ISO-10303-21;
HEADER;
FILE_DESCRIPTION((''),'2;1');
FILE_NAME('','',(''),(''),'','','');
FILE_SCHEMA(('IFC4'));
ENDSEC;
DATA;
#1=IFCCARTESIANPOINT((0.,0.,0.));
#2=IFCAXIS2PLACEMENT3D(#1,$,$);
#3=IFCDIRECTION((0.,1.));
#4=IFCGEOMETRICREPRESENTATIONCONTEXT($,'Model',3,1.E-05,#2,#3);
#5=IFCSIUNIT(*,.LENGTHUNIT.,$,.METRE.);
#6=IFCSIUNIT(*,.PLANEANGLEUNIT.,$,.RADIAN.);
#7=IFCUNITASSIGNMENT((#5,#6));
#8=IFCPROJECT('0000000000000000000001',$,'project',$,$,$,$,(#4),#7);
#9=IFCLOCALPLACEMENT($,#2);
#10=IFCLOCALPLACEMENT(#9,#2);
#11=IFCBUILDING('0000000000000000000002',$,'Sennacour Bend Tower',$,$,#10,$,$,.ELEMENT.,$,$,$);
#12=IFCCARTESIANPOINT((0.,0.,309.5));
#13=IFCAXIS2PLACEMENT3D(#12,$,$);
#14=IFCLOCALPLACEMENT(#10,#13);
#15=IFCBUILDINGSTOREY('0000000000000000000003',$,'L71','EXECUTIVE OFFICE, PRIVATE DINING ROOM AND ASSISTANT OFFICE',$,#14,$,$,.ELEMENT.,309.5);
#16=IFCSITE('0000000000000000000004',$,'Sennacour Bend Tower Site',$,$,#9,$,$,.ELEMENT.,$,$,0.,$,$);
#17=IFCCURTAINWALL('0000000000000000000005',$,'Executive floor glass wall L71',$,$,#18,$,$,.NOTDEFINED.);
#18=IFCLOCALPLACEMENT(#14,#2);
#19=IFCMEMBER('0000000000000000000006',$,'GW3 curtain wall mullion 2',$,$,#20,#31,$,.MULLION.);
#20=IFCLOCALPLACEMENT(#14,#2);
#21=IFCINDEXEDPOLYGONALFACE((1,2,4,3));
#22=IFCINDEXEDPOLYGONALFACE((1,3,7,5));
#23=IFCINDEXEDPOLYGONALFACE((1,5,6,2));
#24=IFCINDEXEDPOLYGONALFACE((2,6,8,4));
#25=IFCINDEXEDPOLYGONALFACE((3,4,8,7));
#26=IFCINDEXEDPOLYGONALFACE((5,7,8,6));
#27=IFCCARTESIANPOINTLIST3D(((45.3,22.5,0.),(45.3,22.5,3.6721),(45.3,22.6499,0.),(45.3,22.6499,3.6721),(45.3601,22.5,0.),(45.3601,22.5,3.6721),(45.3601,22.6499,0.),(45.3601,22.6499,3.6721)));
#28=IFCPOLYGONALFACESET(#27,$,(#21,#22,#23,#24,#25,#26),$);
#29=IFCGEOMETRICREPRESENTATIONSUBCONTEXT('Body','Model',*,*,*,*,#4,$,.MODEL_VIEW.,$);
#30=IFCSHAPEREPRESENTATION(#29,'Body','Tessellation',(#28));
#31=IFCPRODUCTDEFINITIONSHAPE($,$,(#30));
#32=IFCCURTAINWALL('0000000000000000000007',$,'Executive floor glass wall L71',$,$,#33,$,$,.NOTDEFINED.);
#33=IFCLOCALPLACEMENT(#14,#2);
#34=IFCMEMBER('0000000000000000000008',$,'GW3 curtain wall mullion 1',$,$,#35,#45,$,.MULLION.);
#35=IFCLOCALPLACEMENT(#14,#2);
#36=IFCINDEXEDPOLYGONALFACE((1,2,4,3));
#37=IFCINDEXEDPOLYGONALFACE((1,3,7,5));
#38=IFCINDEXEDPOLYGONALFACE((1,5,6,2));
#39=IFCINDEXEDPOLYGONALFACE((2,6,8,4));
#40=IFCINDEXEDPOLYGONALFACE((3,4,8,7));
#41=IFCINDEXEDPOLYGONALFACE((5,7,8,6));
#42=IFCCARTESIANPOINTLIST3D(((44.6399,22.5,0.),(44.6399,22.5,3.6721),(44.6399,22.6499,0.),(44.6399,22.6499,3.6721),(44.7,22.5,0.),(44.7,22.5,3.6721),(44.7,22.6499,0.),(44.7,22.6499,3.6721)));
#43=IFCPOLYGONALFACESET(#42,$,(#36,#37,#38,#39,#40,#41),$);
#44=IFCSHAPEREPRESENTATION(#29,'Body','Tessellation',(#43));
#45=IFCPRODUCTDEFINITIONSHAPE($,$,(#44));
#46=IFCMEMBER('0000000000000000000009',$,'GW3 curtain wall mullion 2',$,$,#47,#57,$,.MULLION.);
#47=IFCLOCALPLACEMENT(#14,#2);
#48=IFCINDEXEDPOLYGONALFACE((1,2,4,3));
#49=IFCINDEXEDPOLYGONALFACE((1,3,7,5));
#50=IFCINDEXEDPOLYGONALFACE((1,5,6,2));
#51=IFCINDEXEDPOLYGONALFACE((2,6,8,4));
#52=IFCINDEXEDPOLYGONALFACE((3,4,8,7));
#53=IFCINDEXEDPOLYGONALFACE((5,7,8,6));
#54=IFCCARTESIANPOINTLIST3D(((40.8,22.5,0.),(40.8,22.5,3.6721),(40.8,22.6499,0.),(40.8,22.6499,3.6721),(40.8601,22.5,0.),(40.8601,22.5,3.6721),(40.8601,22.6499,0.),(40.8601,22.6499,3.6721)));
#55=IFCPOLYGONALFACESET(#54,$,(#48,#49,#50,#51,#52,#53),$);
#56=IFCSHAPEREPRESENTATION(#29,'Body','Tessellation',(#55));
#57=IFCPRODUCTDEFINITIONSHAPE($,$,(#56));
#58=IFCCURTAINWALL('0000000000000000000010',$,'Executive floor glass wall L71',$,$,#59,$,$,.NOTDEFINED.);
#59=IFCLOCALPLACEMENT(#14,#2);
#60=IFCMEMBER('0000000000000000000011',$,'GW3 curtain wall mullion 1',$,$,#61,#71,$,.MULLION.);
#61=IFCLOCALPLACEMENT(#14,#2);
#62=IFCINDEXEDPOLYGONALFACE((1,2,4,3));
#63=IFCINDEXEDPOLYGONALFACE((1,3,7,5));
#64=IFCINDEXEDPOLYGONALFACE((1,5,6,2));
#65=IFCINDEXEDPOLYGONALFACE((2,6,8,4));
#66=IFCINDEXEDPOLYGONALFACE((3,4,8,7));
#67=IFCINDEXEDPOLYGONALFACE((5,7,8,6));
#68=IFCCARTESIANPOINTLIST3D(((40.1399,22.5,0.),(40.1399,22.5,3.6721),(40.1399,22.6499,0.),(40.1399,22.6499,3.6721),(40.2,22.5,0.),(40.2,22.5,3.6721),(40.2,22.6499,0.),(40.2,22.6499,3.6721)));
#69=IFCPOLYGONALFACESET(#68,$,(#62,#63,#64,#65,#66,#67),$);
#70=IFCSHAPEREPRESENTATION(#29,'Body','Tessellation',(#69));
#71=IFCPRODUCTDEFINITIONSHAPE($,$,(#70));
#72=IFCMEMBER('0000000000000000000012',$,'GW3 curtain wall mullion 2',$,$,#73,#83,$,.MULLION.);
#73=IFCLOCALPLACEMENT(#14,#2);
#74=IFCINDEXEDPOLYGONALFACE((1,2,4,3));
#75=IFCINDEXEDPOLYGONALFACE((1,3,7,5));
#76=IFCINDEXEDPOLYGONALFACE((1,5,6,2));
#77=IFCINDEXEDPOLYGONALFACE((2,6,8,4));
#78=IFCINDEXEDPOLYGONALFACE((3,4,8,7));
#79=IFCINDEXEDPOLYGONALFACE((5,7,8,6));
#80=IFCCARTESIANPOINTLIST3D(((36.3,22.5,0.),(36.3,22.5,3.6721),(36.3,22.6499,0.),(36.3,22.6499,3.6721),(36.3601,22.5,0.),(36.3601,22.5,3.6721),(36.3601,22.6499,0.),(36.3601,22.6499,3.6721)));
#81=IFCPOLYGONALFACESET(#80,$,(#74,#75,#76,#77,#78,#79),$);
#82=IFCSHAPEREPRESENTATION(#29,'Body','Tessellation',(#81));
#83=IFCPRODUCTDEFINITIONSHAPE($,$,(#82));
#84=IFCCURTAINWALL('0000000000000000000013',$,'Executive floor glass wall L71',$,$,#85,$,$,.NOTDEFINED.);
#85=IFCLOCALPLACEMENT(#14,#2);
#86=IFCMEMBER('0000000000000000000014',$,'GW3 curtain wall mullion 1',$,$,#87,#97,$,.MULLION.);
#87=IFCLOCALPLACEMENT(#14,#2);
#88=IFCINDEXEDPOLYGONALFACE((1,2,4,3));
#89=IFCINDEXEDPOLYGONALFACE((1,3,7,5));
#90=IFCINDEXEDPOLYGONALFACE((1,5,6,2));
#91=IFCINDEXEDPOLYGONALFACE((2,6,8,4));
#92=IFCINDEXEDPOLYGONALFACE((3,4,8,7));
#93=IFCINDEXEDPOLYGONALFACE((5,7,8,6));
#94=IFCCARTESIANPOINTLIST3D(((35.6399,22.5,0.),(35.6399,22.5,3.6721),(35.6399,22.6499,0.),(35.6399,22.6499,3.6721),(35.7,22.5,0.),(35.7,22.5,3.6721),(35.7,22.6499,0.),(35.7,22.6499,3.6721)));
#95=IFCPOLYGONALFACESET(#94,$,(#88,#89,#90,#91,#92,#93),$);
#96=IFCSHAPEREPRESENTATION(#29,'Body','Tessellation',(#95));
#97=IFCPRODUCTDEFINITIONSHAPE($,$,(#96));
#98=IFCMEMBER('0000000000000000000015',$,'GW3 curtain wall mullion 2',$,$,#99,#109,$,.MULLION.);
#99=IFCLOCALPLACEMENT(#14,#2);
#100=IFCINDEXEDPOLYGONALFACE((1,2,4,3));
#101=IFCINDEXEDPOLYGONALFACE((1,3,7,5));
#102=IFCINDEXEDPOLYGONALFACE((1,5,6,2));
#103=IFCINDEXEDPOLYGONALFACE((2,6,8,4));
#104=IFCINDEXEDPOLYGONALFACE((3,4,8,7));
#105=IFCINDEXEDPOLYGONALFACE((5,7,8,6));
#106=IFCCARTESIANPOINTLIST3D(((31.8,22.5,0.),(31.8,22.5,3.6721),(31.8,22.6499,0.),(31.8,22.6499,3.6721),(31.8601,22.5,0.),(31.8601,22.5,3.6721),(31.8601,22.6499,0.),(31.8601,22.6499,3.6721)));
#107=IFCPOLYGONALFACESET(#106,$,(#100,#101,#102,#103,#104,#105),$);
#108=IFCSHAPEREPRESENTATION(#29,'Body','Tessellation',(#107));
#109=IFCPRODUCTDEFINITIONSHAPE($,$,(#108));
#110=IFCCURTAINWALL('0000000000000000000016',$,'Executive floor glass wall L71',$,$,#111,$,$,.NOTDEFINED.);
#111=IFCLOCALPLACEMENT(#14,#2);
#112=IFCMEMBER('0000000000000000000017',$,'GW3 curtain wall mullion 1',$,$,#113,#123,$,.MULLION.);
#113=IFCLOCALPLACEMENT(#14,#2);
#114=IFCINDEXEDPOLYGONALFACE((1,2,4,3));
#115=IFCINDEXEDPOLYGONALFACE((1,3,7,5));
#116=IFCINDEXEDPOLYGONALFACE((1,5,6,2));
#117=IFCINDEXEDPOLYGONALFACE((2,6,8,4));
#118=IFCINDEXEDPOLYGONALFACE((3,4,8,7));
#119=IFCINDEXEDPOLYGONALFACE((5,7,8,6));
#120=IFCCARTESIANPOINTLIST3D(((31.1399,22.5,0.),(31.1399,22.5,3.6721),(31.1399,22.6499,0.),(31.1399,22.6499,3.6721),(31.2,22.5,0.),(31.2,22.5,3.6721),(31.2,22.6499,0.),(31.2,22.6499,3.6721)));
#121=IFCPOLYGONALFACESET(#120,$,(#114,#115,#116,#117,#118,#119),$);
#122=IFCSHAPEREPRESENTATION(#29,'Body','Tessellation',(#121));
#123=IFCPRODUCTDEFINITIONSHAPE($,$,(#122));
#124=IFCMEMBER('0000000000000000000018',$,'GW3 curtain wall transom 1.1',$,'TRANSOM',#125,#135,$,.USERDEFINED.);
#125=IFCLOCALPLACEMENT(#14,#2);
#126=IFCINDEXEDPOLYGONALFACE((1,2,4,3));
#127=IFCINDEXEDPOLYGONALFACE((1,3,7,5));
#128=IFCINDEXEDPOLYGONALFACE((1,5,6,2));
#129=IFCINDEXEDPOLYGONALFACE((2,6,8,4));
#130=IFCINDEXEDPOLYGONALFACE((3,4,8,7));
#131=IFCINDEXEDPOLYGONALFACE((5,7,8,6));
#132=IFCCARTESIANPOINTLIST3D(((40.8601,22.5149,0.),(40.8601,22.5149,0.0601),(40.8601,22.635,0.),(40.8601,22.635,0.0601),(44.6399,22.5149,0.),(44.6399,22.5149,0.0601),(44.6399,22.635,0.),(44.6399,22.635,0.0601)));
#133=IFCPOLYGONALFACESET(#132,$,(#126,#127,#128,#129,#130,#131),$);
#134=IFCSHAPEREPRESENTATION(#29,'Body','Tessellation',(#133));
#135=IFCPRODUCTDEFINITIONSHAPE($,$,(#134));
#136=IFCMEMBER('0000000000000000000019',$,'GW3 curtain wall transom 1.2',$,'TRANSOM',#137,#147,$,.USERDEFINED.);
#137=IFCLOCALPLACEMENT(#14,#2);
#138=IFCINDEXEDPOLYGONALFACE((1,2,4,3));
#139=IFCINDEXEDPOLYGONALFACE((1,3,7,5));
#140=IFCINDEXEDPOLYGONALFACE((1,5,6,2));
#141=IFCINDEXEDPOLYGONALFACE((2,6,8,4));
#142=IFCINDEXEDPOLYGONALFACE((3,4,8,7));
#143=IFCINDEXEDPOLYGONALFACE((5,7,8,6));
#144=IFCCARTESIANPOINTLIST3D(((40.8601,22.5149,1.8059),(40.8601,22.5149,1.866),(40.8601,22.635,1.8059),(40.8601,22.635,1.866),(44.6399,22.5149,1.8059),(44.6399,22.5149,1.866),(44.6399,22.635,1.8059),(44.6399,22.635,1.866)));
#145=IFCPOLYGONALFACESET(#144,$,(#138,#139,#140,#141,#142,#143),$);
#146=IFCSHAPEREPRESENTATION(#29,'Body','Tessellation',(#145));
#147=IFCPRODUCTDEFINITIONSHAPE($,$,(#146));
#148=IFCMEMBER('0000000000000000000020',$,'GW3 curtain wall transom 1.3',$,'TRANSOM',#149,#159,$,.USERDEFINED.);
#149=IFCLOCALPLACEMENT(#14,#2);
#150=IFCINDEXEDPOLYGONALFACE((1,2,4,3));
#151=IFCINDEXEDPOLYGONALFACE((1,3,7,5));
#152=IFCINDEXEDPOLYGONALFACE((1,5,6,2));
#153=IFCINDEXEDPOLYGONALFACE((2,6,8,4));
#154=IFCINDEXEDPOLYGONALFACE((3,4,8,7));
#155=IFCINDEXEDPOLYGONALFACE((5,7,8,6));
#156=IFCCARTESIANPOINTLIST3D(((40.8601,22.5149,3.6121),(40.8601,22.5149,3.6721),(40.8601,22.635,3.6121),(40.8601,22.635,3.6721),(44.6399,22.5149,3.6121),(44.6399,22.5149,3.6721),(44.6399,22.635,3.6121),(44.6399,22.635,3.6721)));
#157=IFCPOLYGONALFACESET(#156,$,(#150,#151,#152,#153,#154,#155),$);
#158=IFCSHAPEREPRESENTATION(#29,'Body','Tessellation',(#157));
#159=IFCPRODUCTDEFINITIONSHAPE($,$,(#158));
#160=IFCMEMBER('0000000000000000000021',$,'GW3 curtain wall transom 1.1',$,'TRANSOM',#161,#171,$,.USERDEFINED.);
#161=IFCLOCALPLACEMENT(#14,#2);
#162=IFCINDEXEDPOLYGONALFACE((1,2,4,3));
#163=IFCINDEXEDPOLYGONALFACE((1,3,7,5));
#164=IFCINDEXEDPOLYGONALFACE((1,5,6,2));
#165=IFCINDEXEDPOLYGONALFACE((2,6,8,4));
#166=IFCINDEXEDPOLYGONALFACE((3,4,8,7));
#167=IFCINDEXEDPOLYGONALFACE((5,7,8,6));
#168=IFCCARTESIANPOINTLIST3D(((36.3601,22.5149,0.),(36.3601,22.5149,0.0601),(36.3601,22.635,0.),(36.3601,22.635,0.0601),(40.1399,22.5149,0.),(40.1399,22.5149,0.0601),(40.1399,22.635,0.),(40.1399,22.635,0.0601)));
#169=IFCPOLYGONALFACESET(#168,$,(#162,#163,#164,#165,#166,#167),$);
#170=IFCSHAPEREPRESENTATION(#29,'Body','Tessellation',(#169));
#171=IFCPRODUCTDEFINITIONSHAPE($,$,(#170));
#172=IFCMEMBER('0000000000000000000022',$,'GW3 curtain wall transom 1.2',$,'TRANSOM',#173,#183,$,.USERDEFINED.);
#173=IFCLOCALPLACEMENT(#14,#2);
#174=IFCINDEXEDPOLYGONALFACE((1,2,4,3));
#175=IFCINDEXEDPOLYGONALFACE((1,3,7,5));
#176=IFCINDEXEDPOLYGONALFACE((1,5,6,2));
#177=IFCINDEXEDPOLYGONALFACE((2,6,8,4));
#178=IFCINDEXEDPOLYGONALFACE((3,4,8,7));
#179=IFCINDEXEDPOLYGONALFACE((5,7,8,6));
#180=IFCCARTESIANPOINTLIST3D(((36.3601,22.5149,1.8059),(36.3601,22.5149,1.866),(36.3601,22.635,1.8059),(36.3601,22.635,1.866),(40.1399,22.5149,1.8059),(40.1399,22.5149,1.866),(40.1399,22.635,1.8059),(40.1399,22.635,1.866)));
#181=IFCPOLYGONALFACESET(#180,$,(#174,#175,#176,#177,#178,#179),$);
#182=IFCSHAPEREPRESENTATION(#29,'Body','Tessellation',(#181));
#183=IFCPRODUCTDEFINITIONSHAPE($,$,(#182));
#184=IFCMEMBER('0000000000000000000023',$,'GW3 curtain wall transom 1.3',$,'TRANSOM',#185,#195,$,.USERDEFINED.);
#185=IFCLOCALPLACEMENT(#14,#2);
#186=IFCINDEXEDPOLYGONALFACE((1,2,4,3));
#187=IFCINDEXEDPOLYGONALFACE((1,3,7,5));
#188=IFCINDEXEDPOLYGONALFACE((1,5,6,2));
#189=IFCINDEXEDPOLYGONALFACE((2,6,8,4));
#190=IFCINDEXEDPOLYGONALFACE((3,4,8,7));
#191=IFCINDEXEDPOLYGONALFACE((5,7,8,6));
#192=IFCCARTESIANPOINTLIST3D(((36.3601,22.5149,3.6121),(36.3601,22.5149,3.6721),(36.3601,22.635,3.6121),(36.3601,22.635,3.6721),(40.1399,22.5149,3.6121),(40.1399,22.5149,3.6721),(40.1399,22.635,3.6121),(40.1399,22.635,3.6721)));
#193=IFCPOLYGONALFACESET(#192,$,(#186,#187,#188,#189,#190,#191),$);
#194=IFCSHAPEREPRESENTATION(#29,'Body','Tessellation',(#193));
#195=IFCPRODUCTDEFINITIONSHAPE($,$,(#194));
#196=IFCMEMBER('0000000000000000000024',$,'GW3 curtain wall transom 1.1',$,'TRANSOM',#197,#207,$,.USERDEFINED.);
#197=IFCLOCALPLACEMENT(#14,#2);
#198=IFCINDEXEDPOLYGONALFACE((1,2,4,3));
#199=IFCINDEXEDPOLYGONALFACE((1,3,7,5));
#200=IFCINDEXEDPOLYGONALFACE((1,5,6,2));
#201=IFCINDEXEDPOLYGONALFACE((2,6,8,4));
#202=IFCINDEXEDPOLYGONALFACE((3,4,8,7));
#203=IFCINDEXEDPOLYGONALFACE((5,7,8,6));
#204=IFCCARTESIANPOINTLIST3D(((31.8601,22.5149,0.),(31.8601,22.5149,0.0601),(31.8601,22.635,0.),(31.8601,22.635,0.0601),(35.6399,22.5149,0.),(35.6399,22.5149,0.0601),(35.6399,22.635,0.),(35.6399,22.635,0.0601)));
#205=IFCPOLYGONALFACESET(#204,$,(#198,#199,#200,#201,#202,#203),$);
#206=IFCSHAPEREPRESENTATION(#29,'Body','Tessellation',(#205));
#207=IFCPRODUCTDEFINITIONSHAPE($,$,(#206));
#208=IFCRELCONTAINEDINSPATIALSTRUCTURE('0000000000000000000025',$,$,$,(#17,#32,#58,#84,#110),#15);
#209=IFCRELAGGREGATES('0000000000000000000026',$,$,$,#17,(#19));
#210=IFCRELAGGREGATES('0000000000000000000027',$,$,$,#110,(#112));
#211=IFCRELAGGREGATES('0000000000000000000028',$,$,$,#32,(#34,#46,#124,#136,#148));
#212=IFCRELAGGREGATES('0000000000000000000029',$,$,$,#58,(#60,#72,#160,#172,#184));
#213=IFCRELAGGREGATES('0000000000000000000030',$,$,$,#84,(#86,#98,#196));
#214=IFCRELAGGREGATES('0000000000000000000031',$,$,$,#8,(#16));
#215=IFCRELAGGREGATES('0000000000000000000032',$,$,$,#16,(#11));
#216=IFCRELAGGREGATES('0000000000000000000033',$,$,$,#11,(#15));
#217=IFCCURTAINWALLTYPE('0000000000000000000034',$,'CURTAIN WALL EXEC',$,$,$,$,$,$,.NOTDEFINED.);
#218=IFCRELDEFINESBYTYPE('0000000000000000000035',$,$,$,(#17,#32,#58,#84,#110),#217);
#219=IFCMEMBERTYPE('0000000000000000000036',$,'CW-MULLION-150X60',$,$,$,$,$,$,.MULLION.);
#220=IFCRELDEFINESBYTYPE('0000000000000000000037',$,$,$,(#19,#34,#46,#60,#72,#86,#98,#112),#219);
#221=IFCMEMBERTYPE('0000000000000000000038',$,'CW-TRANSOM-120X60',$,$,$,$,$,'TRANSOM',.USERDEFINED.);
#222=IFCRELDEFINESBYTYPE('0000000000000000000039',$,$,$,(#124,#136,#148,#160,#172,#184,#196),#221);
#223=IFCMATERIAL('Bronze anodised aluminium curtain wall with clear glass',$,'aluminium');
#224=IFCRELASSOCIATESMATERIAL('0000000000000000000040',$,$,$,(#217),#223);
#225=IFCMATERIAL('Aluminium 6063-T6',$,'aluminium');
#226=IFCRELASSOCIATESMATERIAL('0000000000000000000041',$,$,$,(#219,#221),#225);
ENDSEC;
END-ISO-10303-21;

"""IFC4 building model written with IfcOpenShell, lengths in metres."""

from ifc_helpers import new_model, si_unit, direction, frame, origin, origin_2d, place, context, subcontext, project, spatial, rectangle, extrude, material, material_profile, profile_set, type_object, element, aggregate, save


model = new_model("IFC4")

# Units and contexts
model_context = context("Model", 3, precision=1e-05, world=origin(), true_north=direction((0.0, 1.0)))
body_context = subcontext(model_context, "Body", "Model", "MODEL_VIEW")
ifc_project = project(units=[si_unit("LENGTHUNIT", "METRE"), si_unit("PLANEANGLEUNIT", "RADIAN")], contexts=[model_context])

# Site, building, storey
site_placement = place(None, origin())
site = spatial("IfcSite", under=ifc_project, at=site_placement, Name="Sennacour Bend Tower Site", CompositionType="ELEMENT", RefElevation=0.0)
building_placement = place(site_placement, origin())
building = spatial("IfcBuilding", under=site, at=building_placement, Name="Sennacour Bend Tower", CompositionType="ELEMENT")
storey_placement = place(building_placement, frame((0.0, 0.0, 309.5)))
storey = spatial("IfcBuildingStorey", under=building, at=storey_placement, Name="L71", Description="EXECUTIVE OFFICE, PRIVATE DINING ROOM AND ASSISTANT OFFICE", CompositionType="ELEMENT", Elevation=309.5)

# Curtain wall, member
ifc_material_1 = material(Name="Bronze anodised aluminium curtain wall with clear glass", Category="aluminium")
curtain_wall_type = type_object("IfcCurtainWallType", Name="CURTAIN WALL EXEC", PredefinedType="NOTDEFINED", material=ifc_material_1)
curtain_wall_1_placement = place(storey_placement, origin())
curtain_wall_1 = element("IfcCurtainWall", 1, at=curtain_wall_1_placement, inside=storey, type_object=curtain_wall_type, Name="Executive floor glass wall L71", PredefinedType="NOTDEFINED")
ifc_material_2 = material(Name="Aluminium 6063-T6", Category="aluminium")
ifc_material_profile_1 = material_profile(ifc_material_2, rectangle(XDim=0.1499, YDim=0.0601, at=origin_2d()), Name="Aluminium 6063-T6", Category="aluminium")
ifc_profile_set_1 = profile_set([ifc_material_profile_1], Name="Aluminium 6063-T6")
member_type_1 = type_object("IfcMemberType", Name="CW-MULLION-150X60", PredefinedType="MULLION", material=ifc_profile_set_1)
member_1_placement = place(storey_placement, frame((45.3301, 22.575, 0.0), z_axis=(0.0, 0.0, 1.0), x_axis=(0.0, -1.0, 0.0)))
member_1 = element("IfcMember", 2, at=member_1_placement, type_object=member_type_1, Name="GW3 curtain wall mullion 2", PredefinedType="MULLION", context=body_context, shape_type="SweptSolid", body=[
    extrude(rectangle(XDim=0.1499, YDim=0.0601, at=origin_2d()), origin(), (0.0, 0.0, 1.0), 3.6721),
])
aggregate(curtain_wall_1, [member_1])

# Curtain walls, members
curtain_wall_2_placement = place(storey_placement, origin())
curtain_wall_2 = element("IfcCurtainWall", 3, at=curtain_wall_2_placement, inside=storey, type_object=curtain_wall_type, Name="Executive floor glass wall L71", PredefinedType="NOTDEFINED")
member_2_placement = place(storey_placement, frame((44.6699, 22.575, 0.0), z_axis=(0.0, 0.0, 1.0), x_axis=(0.0, -1.0, 0.0)))
member_2 = element("IfcMember", 4, at=member_2_placement, type_object=member_type_1, Name="GW3 curtain wall mullion 1", PredefinedType="MULLION", context=body_context, shape_type="SweptSolid", body=[
    extrude(rectangle(XDim=0.1499, YDim=0.0601, at=origin_2d()), origin(), (0.0, 0.0, 1.0), 3.6721),
])
member_3_placement = place(storey_placement, frame((40.8301, 22.575, 0.0), z_axis=(0.0, 0.0, 1.0), x_axis=(0.0, -1.0, 0.0)))
member_3 = element("IfcMember", 5, at=member_3_placement, type_object=member_type_1, Name="GW3 curtain wall mullion 2", PredefinedType="MULLION", context=body_context, shape_type="SweptSolid", body=[
    extrude(rectangle(XDim=0.1499, YDim=0.0601, at=origin_2d()), origin(), (0.0, 0.0, 1.0), 3.6721),
])
curtain_wall_3_placement = place(storey_placement, origin())
curtain_wall_3 = element("IfcCurtainWall", 6, at=curtain_wall_3_placement, inside=storey, type_object=curtain_wall_type, Name="Executive floor glass wall L71", PredefinedType="NOTDEFINED")
member_4_placement = place(storey_placement, frame((40.1699, 22.575, 0.0), z_axis=(0.0, 0.0, 1.0), x_axis=(0.0, -1.0, 0.0)))
member_4 = element("IfcMember", 7, at=member_4_placement, type_object=member_type_1, Name="GW3 curtain wall mullion 1", PredefinedType="MULLION", context=body_context, shape_type="SweptSolid", body=[
    extrude(rectangle(XDim=0.1499, YDim=0.0601, at=origin_2d()), origin(), (0.0, 0.0, 1.0), 3.6721),
])
member_5_placement = place(storey_placement, frame((36.3301, 22.575, 0.0), z_axis=(0.0, 0.0, 1.0), x_axis=(0.0, -1.0, 0.0)))
member_5 = element("IfcMember", 8, at=member_5_placement, type_object=member_type_1, Name="GW3 curtain wall mullion 2", PredefinedType="MULLION", context=body_context, shape_type="SweptSolid", body=[
    extrude(rectangle(XDim=0.1499, YDim=0.0601, at=origin_2d()), origin(), (0.0, 0.0, 1.0), 3.6721),
])
curtain_wall_4_placement = place(storey_placement, origin())
curtain_wall_4 = element("IfcCurtainWall", 9, at=curtain_wall_4_placement, inside=storey, type_object=curtain_wall_type, Name="Executive floor glass wall L71", PredefinedType="NOTDEFINED")
member_6_placement = place(storey_placement, frame((35.6699, 22.575, 0.0), z_axis=(0.0, 0.0, 1.0), x_axis=(0.0, -1.0, 0.0)))
member_6 = element("IfcMember", 10, at=member_6_placement, type_object=member_type_1, Name="GW3 curtain wall mullion 1", PredefinedType="MULLION", context=body_context, shape_type="SweptSolid", body=[
    extrude(rectangle(XDim=0.1499, YDim=0.0601, at=origin_2d()), origin(), (0.0, 0.0, 1.0), 3.6721),
])
member_7_placement = place(storey_placement, frame((31.8301, 22.575, 0.0), z_axis=(0.0, 0.0, 1.0), x_axis=(0.0, -1.0, 0.0)))
member_7 = element("IfcMember", 11, at=member_7_placement, type_object=member_type_1, Name="GW3 curtain wall mullion 2", PredefinedType="MULLION", context=body_context, shape_type="SweptSolid", body=[
    extrude(rectangle(XDim=0.1499, YDim=0.0601, at=origin_2d()), origin(), (0.0, 0.0, 1.0), 3.6721),
])

# Curtain wall, member
curtain_wall_5_placement = place(storey_placement, origin())
curtain_wall_5 = element("IfcCurtainWall", 12, at=curtain_wall_5_placement, inside=storey, type_object=curtain_wall_type, Name="Executive floor glass wall L71", PredefinedType="NOTDEFINED")
member_8_placement = place(storey_placement, frame((31.1699, 22.575, 0.0), z_axis=(0.0, 0.0, 1.0), x_axis=(0.0, -1.0, 0.0)))
member_8 = element("IfcMember", 13, at=member_8_placement, type_object=member_type_1, Name="GW3 curtain wall mullion 1", PredefinedType="MULLION", context=body_context, shape_type="SweptSolid", body=[
    extrude(rectangle(XDim=0.1499, YDim=0.0601, at=origin_2d()), origin(), (0.0, 0.0, 1.0), 3.6721),
])

# Members
ifc_material_profile_2 = material_profile(ifc_material_2, rectangle(XDim=0.1201, YDim=0.0601, at=origin_2d()), Name="Aluminium 6063-T6", Category="aluminium")
ifc_profile_set_2 = profile_set([ifc_material_profile_2], Name="Aluminium 6063-T6")
member_type_2 = type_object("IfcMemberType", Name="CW-TRANSOM-120X60", ElementType="TRANSOM", PredefinedType="USERDEFINED", material=ifc_profile_set_2)
member_9_placement = place(storey_placement, frame((44.6399, 22.575, 0.03), z_axis=(-1.0, 0.0, 0.0), x_axis=(0.0, -1.0, 0.0)))
member_9 = element("IfcMember", 14, at=member_9_placement, type_object=member_type_2, Name="GW3 curtain wall transom 1.1", ObjectType="TRANSOM", PredefinedType="USERDEFINED", context=body_context, shape_type="SweptSolid", body=[
    extrude(rectangle(XDim=0.1201, YDim=0.0601, at=origin_2d()), origin(), (0.0, 0.0, 1.0), 3.7798),
])
member_10_placement = place(storey_placement, frame((44.6399, 22.575, 1.8359), z_axis=(-1.0, 0.0, 0.0), x_axis=(0.0, -1.0, 0.0)))
member_10 = element("IfcMember", 15, at=member_10_placement, type_object=member_type_2, Name="GW3 curtain wall transom 1.2", ObjectType="TRANSOM", PredefinedType="USERDEFINED", context=body_context, shape_type="SweptSolid", body=[
    extrude(rectangle(XDim=0.1201, YDim=0.0601, at=origin_2d()), origin(), (0.0, 0.0, 1.0), 3.7798),
])
member_11_placement = place(storey_placement, frame((44.6399, 22.575, 3.6421), z_axis=(-1.0, 0.0, 0.0), x_axis=(0.0, -1.0, 0.0)))
member_11 = element("IfcMember", 16, at=member_11_placement, type_object=member_type_2, Name="GW3 curtain wall transom 1.3", ObjectType="TRANSOM", PredefinedType="USERDEFINED", context=body_context, shape_type="SweptSolid", body=[
    extrude(rectangle(XDim=0.1201, YDim=0.0601, at=origin_2d()), origin(), (0.0, 0.0, 1.0), 3.7798),
])
member_12_placement = place(storey_placement, frame((40.1399, 22.575, 0.03), z_axis=(-1.0, 0.0, 0.0), x_axis=(0.0, -1.0, 0.0)))
member_12 = element("IfcMember", 17, at=member_12_placement, type_object=member_type_2, Name="GW3 curtain wall transom 1.1", ObjectType="TRANSOM", PredefinedType="USERDEFINED", context=body_context, shape_type="SweptSolid", body=[
    extrude(rectangle(XDim=0.1201, YDim=0.0601, at=origin_2d()), origin(), (0.0, 0.0, 1.0), 3.7798),
])
member_13_placement = place(storey_placement, frame((40.1399, 22.575, 1.8359), z_axis=(-1.0, 0.0, 0.0), x_axis=(0.0, -1.0, 0.0)))
member_13 = element("IfcMember", 18, at=member_13_placement, type_object=member_type_2, Name="GW3 curtain wall transom 1.2", ObjectType="TRANSOM", PredefinedType="USERDEFINED", context=body_context, shape_type="SweptSolid", body=[
    extrude(rectangle(XDim=0.1201, YDim=0.0601, at=origin_2d()), origin(), (0.0, 0.0, 1.0), 3.7798),
])
member_14_placement = place(storey_placement, frame((40.1399, 22.575, 3.6421), z_axis=(-1.0, 0.0, 0.0), x_axis=(0.0, -1.0, 0.0)))
member_14 = element("IfcMember", 19, at=member_14_placement, type_object=member_type_2, Name="GW3 curtain wall transom 1.3", ObjectType="TRANSOM", PredefinedType="USERDEFINED", context=body_context, shape_type="SweptSolid", body=[
    extrude(rectangle(XDim=0.1201, YDim=0.0601, at=origin_2d()), origin(), (0.0, 0.0, 1.0), 3.7798),
])
member_15_placement = place(storey_placement, frame((35.6399, 22.575, 0.03), z_axis=(-1.0, 0.0, 0.0), x_axis=(0.0, -1.0, 0.0)))
member_15 = element("IfcMember", 20, at=member_15_placement, type_object=member_type_2, Name="GW3 curtain wall transom 1.1", ObjectType="TRANSOM", PredefinedType="USERDEFINED", context=body_context, shape_type="SweptSolid", body=[
    extrude(rectangle(XDim=0.1201, YDim=0.0601, at=origin_2d()), origin(), (0.0, 0.0, 1.0), 3.7798),
])
aggregate(curtain_wall_5, [member_8])

aggregate(curtain_wall_2, [member_2, member_3, member_9, member_10, member_11])
aggregate(curtain_wall_3, [member_4, member_5, member_12, member_13, member_14])
aggregate(curtain_wall_4, [member_6, member_7, member_15])

save(model, "model.ifc")
